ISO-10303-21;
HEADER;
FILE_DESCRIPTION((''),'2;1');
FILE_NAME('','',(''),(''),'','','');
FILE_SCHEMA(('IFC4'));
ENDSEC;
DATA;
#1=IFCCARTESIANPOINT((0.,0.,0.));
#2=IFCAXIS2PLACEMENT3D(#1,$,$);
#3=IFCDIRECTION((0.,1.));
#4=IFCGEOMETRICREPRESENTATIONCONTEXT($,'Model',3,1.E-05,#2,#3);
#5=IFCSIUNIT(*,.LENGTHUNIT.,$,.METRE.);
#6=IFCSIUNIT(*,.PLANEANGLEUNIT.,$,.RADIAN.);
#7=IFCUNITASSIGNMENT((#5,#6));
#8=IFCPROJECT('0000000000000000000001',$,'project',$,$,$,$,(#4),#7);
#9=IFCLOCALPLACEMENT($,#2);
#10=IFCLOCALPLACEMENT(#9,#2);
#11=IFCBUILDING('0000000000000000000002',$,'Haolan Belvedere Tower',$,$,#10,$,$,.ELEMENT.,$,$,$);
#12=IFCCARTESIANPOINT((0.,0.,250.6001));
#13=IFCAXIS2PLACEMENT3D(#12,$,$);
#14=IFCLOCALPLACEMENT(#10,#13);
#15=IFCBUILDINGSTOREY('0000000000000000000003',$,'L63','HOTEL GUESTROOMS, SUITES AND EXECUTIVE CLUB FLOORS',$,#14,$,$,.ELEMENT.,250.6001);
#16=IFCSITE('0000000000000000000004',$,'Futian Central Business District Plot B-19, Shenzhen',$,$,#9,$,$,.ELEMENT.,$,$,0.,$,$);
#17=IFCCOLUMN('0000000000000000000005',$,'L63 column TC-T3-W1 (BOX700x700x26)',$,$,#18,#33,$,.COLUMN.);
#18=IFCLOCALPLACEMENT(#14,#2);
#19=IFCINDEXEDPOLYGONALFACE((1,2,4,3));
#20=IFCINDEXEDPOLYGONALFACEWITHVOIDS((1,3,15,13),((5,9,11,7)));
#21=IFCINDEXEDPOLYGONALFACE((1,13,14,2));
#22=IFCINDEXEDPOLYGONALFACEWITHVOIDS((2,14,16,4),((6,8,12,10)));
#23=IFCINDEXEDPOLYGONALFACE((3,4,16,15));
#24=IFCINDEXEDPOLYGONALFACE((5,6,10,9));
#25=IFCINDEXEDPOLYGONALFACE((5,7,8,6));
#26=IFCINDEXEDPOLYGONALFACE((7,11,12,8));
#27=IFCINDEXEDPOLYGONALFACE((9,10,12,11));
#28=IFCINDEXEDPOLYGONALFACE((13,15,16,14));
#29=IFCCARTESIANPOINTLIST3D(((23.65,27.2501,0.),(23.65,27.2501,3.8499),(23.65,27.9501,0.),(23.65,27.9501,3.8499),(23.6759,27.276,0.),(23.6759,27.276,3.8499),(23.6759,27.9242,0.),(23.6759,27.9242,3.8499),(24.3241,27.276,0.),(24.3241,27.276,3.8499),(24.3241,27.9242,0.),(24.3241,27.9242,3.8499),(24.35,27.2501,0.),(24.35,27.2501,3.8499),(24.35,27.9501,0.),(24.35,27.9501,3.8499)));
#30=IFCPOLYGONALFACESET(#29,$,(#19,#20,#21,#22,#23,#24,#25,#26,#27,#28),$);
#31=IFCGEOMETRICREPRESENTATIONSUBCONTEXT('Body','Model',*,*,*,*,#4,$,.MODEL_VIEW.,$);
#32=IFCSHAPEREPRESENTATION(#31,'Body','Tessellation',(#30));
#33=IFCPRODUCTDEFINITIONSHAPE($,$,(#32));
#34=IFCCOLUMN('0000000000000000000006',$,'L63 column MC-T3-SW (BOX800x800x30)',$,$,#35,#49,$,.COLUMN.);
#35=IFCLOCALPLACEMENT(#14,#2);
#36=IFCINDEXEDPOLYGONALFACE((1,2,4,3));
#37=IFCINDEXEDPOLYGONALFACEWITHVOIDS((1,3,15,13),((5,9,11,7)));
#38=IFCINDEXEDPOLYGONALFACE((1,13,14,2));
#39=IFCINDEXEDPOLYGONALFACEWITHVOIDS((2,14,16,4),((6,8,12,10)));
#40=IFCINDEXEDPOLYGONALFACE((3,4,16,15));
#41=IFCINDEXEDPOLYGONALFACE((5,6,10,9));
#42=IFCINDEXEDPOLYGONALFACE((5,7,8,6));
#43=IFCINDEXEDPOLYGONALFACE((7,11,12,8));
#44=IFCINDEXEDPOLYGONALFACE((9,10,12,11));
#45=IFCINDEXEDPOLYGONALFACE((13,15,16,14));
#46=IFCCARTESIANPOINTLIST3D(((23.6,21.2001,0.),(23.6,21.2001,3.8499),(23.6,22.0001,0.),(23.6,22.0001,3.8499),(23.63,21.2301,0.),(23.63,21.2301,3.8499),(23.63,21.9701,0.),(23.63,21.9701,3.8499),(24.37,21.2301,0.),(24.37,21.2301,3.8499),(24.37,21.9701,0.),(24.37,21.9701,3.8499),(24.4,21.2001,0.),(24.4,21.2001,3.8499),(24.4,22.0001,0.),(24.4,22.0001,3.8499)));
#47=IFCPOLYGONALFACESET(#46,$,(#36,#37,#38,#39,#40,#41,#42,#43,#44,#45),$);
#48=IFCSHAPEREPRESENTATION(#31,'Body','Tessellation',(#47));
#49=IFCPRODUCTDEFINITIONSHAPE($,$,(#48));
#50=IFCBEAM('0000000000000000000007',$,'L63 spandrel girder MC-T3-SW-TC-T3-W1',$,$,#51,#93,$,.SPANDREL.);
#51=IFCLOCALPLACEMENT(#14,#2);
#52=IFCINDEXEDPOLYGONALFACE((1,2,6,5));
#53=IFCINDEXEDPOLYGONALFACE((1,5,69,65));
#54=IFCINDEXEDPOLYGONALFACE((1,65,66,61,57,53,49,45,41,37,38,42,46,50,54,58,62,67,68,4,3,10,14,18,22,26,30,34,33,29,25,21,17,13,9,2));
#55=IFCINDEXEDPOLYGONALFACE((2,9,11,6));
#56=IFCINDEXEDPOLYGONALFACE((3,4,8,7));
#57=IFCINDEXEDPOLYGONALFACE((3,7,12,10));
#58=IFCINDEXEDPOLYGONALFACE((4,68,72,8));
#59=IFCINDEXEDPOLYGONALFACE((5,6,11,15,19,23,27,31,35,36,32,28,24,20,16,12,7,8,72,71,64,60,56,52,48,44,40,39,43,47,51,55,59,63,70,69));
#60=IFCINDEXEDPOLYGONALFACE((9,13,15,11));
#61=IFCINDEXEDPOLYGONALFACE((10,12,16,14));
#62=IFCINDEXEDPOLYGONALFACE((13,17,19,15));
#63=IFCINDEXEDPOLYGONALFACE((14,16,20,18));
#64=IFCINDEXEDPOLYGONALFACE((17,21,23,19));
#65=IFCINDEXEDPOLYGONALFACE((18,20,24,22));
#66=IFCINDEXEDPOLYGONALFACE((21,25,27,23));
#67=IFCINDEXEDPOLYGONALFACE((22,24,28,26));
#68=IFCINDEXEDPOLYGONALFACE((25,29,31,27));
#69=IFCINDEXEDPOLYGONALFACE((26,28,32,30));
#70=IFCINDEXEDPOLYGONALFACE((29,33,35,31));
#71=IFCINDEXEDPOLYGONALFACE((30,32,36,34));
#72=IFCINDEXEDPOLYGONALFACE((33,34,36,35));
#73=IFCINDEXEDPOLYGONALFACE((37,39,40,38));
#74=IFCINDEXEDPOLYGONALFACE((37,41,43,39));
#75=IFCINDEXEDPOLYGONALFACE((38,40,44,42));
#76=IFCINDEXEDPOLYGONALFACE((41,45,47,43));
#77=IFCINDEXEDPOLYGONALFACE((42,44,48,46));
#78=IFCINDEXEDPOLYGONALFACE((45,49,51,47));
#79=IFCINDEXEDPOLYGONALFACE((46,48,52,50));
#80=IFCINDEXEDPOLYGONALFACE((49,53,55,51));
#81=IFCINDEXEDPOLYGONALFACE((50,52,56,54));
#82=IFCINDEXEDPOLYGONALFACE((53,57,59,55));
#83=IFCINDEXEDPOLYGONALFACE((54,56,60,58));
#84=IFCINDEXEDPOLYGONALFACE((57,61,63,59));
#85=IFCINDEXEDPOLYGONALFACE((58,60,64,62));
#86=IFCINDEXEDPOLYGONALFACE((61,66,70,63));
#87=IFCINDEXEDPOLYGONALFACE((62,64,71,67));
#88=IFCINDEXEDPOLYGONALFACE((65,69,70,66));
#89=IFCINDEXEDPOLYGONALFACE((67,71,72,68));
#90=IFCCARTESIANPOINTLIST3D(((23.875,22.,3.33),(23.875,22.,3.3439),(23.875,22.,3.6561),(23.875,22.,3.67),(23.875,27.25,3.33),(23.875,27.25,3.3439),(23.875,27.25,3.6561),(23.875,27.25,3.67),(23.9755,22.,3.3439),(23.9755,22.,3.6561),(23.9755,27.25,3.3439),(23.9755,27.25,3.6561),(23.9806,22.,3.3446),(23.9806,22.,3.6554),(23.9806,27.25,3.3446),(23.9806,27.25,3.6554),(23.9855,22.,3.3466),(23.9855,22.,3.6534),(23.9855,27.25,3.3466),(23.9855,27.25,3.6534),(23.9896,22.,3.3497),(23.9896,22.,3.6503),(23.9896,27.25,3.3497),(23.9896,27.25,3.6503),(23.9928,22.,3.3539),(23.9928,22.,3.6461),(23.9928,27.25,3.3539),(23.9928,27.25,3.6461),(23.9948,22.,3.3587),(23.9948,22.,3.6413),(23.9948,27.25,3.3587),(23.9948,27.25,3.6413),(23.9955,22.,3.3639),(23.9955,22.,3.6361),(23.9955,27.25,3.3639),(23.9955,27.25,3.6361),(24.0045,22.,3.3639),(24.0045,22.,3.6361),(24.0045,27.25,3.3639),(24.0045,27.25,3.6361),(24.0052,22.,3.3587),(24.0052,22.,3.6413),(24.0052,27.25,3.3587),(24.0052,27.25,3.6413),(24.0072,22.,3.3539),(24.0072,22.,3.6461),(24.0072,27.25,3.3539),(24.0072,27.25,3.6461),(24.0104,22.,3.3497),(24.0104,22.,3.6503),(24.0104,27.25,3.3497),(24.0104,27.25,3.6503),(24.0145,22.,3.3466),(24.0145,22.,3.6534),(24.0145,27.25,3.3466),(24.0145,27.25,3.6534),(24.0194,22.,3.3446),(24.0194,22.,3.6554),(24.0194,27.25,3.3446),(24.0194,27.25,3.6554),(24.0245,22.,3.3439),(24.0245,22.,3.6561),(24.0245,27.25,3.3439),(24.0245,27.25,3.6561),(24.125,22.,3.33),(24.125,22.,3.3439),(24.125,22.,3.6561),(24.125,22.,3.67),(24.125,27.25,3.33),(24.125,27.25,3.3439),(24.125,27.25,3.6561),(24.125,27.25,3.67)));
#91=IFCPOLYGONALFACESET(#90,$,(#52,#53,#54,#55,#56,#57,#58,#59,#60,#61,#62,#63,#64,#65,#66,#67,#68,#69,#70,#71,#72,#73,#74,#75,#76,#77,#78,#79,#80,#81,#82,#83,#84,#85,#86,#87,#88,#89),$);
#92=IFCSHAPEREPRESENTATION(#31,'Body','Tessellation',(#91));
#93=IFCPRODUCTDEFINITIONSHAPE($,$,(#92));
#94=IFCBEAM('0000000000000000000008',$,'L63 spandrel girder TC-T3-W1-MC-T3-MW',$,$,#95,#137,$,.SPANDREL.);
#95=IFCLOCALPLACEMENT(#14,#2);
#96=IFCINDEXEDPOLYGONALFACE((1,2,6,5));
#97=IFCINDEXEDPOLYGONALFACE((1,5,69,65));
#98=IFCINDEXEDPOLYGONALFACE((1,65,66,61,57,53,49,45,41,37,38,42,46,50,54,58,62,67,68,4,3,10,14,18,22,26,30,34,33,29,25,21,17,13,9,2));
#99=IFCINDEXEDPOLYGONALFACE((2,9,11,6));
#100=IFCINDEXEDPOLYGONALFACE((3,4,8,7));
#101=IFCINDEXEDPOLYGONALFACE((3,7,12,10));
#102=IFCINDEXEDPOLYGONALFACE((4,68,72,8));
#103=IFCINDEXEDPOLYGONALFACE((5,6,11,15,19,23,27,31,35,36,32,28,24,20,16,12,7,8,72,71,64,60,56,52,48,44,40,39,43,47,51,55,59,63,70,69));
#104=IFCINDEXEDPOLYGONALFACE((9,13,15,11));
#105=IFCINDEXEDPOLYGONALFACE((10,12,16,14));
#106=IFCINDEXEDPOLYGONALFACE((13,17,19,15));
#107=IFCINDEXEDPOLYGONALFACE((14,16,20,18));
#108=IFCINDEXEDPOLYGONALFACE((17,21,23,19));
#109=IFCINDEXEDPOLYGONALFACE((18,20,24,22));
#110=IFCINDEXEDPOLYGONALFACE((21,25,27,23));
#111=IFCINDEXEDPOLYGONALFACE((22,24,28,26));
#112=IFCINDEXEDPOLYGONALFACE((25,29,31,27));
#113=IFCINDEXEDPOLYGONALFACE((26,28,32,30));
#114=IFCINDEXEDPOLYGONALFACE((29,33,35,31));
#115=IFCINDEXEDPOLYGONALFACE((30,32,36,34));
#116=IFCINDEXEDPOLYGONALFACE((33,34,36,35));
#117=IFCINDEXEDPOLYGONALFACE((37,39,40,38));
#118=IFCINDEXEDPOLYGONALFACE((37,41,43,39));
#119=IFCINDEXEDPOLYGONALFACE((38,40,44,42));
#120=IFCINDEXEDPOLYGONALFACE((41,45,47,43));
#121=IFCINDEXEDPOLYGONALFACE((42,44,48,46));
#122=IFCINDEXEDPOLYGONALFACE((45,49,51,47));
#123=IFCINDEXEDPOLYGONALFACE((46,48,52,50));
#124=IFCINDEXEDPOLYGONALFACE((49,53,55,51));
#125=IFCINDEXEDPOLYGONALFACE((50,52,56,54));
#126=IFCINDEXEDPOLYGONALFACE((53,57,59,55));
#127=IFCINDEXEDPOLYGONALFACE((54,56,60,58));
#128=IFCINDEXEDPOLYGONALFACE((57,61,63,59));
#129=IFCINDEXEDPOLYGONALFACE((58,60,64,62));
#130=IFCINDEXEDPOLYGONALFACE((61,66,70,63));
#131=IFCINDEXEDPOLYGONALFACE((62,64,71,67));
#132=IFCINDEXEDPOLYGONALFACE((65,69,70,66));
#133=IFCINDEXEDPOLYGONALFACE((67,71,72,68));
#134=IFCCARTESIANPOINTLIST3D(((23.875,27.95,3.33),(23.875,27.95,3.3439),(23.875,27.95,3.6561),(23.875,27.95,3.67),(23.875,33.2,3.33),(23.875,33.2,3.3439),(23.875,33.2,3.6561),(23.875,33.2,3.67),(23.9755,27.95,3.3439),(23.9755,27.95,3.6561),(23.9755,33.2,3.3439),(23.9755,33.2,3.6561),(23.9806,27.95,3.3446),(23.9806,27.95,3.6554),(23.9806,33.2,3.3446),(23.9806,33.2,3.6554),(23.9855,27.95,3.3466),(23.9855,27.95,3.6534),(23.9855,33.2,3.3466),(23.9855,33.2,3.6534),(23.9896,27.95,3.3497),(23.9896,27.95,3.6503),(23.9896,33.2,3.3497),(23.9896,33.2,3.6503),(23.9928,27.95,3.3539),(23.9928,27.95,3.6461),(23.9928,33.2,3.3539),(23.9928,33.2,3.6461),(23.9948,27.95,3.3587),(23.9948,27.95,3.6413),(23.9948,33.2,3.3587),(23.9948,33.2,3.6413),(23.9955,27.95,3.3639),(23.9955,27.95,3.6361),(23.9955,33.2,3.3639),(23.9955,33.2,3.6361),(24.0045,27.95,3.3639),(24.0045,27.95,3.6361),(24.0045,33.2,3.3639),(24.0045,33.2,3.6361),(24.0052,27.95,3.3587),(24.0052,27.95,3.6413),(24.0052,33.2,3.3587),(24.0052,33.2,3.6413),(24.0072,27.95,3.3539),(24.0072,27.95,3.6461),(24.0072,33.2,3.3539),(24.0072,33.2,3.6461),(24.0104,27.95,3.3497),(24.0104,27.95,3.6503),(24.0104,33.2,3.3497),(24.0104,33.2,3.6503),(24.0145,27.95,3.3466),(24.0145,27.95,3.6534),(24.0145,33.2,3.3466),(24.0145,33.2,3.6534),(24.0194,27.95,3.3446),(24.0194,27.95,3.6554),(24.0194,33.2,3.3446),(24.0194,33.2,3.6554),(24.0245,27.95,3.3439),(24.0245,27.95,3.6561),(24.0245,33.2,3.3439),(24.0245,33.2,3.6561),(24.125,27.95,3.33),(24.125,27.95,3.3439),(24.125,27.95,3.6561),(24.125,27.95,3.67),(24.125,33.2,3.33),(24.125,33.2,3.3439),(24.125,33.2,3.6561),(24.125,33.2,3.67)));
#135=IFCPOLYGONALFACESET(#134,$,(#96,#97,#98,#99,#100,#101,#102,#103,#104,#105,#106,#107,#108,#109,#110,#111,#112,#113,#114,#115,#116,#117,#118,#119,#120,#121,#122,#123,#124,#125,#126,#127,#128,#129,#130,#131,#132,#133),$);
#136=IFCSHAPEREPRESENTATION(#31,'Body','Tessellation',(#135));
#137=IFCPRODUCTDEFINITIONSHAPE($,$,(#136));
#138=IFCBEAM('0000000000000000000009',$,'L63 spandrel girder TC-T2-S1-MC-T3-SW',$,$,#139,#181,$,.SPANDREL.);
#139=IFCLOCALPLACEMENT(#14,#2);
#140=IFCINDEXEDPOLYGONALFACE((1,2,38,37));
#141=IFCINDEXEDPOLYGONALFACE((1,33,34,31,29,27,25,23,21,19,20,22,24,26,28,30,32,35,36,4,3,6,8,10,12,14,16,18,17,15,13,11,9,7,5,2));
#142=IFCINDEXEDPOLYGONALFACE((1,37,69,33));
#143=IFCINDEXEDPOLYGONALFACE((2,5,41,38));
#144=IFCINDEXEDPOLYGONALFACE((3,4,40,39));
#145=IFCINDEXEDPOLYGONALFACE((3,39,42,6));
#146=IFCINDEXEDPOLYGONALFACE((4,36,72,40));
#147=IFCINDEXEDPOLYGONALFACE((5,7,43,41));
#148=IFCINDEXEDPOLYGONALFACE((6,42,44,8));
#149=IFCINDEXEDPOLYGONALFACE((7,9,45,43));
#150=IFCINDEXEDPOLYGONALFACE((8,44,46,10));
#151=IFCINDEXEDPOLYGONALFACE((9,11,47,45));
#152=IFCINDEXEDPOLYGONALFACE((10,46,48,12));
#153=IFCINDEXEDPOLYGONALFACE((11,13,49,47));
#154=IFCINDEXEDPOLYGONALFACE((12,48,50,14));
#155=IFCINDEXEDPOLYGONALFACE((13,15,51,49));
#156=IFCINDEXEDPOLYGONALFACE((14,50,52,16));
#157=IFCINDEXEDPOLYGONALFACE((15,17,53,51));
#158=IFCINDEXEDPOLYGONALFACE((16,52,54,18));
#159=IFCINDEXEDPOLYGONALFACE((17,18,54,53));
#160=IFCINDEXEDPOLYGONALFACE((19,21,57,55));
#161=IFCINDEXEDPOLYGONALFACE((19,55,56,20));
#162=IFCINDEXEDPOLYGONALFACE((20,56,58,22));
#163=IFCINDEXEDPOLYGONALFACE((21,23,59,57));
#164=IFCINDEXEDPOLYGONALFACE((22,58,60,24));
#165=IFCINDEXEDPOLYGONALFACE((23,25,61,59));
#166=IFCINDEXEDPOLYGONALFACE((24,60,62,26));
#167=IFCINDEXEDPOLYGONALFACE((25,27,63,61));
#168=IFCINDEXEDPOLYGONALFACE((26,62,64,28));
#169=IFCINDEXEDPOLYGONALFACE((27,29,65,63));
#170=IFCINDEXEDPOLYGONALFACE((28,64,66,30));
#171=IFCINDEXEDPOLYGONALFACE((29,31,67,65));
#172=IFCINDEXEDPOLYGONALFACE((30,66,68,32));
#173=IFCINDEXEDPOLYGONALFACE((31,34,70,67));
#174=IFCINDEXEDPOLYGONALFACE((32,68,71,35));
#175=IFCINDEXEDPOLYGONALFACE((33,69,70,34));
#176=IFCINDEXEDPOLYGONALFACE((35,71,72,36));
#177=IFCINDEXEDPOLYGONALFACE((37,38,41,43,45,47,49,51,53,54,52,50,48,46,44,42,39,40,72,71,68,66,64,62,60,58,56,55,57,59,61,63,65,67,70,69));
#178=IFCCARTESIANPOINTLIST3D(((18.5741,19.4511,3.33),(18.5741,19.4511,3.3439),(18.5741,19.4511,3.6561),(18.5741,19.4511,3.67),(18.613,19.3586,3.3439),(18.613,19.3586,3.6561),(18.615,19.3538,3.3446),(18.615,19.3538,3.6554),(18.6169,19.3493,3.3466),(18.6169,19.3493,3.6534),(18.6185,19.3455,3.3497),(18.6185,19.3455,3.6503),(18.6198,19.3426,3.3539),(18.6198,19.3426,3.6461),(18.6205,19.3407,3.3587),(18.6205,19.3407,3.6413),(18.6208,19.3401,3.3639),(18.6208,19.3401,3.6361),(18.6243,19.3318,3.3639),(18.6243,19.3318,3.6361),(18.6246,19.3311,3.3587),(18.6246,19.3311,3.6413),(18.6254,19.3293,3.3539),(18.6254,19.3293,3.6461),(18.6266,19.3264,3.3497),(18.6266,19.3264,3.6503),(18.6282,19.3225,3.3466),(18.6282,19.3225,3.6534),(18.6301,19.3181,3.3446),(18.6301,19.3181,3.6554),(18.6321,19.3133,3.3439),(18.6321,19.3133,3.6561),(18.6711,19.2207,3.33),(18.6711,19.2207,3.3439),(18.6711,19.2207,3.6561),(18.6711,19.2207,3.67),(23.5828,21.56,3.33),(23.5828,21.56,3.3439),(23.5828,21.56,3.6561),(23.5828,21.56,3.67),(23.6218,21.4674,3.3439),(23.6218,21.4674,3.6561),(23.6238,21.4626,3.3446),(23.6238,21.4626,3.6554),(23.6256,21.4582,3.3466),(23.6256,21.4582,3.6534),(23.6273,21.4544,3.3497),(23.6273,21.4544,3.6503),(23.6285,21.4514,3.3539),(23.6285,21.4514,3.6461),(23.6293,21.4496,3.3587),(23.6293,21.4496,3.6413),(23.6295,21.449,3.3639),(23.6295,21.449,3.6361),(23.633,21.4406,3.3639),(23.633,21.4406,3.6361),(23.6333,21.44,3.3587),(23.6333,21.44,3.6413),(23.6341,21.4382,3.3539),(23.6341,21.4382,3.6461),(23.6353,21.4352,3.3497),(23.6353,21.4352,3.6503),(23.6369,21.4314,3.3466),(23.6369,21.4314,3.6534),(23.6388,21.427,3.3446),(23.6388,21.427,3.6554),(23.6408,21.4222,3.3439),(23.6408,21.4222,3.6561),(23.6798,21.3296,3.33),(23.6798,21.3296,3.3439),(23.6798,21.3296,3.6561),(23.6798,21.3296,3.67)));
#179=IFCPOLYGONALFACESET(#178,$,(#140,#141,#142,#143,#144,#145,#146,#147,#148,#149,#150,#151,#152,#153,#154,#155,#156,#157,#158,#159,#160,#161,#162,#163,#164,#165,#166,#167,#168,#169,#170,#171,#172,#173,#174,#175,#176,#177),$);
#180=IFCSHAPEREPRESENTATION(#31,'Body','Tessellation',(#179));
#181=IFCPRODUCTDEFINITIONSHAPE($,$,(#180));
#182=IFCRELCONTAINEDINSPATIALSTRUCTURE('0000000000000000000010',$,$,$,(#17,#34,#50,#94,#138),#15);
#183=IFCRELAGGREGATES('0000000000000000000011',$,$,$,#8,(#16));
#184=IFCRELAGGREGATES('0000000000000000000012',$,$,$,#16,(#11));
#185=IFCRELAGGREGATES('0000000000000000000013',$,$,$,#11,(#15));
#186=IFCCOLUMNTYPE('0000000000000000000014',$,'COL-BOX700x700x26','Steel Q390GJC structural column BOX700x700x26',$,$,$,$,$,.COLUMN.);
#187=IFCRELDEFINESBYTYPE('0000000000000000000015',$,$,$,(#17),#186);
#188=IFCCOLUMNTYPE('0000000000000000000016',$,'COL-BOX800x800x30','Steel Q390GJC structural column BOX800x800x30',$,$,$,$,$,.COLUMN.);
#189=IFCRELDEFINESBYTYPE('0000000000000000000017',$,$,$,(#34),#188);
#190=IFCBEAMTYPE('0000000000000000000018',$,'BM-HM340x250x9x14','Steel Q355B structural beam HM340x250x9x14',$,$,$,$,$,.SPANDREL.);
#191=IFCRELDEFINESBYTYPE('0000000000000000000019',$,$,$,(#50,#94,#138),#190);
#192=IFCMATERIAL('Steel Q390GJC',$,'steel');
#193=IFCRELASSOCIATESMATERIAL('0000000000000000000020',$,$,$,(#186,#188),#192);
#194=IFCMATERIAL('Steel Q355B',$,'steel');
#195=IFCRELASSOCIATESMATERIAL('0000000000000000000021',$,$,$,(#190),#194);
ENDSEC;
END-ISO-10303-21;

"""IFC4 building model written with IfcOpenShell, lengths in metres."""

from ifc_helpers import new_model, si_unit, direction, frame, origin, origin_2d, place, context, subcontext, project, spatial, hollow_rectangle, i_section, extrude, material, material_profile, profile_set, type_object, element, save


model = new_model("IFC4")

# Units and contexts
model_context = context("Model", 3, precision=1e-05, world=origin(), true_north=direction((0.0, 1.0)))
body_context = subcontext(model_context, "Body", "Model", "MODEL_VIEW")
ifc_project = project(units=[si_unit("LENGTHUNIT", "METRE"), si_unit("PLANEANGLEUNIT", "RADIAN")], contexts=[model_context])

# Site, building, storey
site_placement = place(None, origin())
site = spatial("IfcSite", under=ifc_project, at=site_placement, Name="Futian Central Business District Plot B-19, Shenzhen", CompositionType="ELEMENT", RefElevation=0.0)
building_placement = place(site_placement, origin())
building = spatial("IfcBuilding", under=site, at=building_placement, Name="Haolan Belvedere Tower", CompositionType="ELEMENT")
storey_placement = place(building_placement, frame((0.0, 0.0, 250.6001)))
storey = spatial("IfcBuildingStorey", under=building, at=storey_placement, Name="L63", Description="HOTEL GUESTROOMS, SUITES AND EXECUTIVE CLUB FLOORS", CompositionType="ELEMENT", Elevation=250.6001)

# Columns
ifc_material_1 = material(Name="Steel Q390GJC", Category="steel")
ifc_material_profile_1 = material_profile(ifc_material_1, hollow_rectangle(XDim=0.7, YDim=0.7, WallThickness=0.0259, at=origin_2d()), Name="Steel Q390GJC")
ifc_profile_set_1 = profile_set([ifc_material_profile_1], Name="Steel Q390GJC")
column_type_1 = type_object("IfcColumnType", Name="COL-BOX700x700x26", Description="Steel Q390GJC structural column BOX700x700x26", PredefinedType="COLUMN", material=ifc_profile_set_1)
column_1_placement = place(storey_placement, frame((24.0, 27.6001, 0.0), z_axis=(0.0, 0.0, 1.0), x_axis=(1.0, 0.0, 0.0)))
element("IfcColumn", 1, at=column_1_placement, inside=storey, type_object=column_type_1, Name="L63 column TC-T3-W1 (BOX700x700x26)", PredefinedType="COLUMN", context=body_context, shape_type="SweptSolid", body=[
    extrude(hollow_rectangle(XDim=0.7, YDim=0.7, WallThickness=0.0259, at=origin_2d()), origin(), (0.0, 0.0, 1.0), 3.8499),
])
ifc_material_profile_2 = material_profile(ifc_material_1, hollow_rectangle(XDim=0.8, YDim=0.8, WallThickness=0.03, at=origin_2d()), Name="Steel Q390GJC")
ifc_profile_set_2 = profile_set([ifc_material_profile_2], Name="Steel Q390GJC")
column_type_2 = type_object("IfcColumnType", Name="COL-BOX800x800x30", Description="Steel Q390GJC structural column BOX800x800x30", PredefinedType="COLUMN", material=ifc_profile_set_2)
column_2_placement = place(storey_placement, frame((24.0, 21.6001, 0.0), z_axis=(0.0, 0.0, 1.0), x_axis=(1.0, 0.0, 0.0)))
element("IfcColumn", 2, at=column_2_placement, inside=storey, type_object=column_type_2, Name="L63 column MC-T3-SW (BOX800x800x30)", PredefinedType="COLUMN", context=body_context, shape_type="SweptSolid", body=[
    extrude(hollow_rectangle(XDim=0.8, YDim=0.8, WallThickness=0.03, at=origin_2d()), origin(), (0.0, 0.0, 1.0), 3.8499),
])

# Beams
ifc_material_2 = material(Name="Steel Q355B", Category="steel")
ifc_material_profile_3 = material_profile(ifc_material_2, i_section(OverallWidth=0.25, OverallDepth=0.3401, WebThickness=0.009, FlangeThickness=0.0139, FilletRadius=0.02, at=origin_2d()), Name="Steel Q355B")
ifc_profile_set_3 = profile_set([ifc_material_profile_3], Name="Steel Q355B")
beam_type_1 = type_object("IfcBeamType", Name="BM-HM340x250x9x14", Description="Steel Q355B structural beam HM340x250x9x14", PredefinedType="SPANDREL", material=ifc_profile_set_3)
for number, where, z_axis, x_axis, name in (
    (3, (24.0, 22.0, 3.5), (0.0, 1.0, 0.0), (-1.0, 0.0, 0.0), "L63 spandrel girder MC-T3-SW-TC-T3-W1"),
    (4, (24.0, 27.95, 3.5), (0.0, 1.0, 0.0), (-1.0, 0.0, 0.0), "L63 spandrel girder TC-T3-W1-MC-T3-MW"),
):
    element("IfcBeam", number, at=place(storey_placement, frame(where, z_axis=z_axis, x_axis=x_axis)), inside=storey, type_object=beam_type_1, Name=name, PredefinedType="SPANDREL", context=body_context, shape_type="SweptSolid", body=[
        extrude(i_section(OverallWidth=0.25, OverallDepth=0.3401, WebThickness=0.009, FlangeThickness=0.0139, FilletRadius=0.02, at=origin_2d()), origin(), (0.0, 0.0, 1.0), 5.25),
    ])
beam_1_placement = place(storey_placement, frame((18.6226, 19.3359, 3.5), z_axis=(0.92164, 0.388045, 0.0), x_axis=(-0.388045, 0.92164, 0.0)))
element("IfcBeam", 5, at=beam_1_placement, inside=storey, type_object=beam_type_1, Name="L63 spandrel girder TC-T2-S1-MC-T3-SW", PredefinedType="SPANDREL", context=body_context, shape_type="SweptSolid", body=[
    extrude(i_section(OverallWidth=0.25, OverallDepth=0.3401, WebThickness=0.009, FlangeThickness=0.0139, FilletRadius=0.02, at=origin_2d()), origin(), (0.0, 0.0, 1.0), 5.4346),
])

save(model, "model.ifc")
